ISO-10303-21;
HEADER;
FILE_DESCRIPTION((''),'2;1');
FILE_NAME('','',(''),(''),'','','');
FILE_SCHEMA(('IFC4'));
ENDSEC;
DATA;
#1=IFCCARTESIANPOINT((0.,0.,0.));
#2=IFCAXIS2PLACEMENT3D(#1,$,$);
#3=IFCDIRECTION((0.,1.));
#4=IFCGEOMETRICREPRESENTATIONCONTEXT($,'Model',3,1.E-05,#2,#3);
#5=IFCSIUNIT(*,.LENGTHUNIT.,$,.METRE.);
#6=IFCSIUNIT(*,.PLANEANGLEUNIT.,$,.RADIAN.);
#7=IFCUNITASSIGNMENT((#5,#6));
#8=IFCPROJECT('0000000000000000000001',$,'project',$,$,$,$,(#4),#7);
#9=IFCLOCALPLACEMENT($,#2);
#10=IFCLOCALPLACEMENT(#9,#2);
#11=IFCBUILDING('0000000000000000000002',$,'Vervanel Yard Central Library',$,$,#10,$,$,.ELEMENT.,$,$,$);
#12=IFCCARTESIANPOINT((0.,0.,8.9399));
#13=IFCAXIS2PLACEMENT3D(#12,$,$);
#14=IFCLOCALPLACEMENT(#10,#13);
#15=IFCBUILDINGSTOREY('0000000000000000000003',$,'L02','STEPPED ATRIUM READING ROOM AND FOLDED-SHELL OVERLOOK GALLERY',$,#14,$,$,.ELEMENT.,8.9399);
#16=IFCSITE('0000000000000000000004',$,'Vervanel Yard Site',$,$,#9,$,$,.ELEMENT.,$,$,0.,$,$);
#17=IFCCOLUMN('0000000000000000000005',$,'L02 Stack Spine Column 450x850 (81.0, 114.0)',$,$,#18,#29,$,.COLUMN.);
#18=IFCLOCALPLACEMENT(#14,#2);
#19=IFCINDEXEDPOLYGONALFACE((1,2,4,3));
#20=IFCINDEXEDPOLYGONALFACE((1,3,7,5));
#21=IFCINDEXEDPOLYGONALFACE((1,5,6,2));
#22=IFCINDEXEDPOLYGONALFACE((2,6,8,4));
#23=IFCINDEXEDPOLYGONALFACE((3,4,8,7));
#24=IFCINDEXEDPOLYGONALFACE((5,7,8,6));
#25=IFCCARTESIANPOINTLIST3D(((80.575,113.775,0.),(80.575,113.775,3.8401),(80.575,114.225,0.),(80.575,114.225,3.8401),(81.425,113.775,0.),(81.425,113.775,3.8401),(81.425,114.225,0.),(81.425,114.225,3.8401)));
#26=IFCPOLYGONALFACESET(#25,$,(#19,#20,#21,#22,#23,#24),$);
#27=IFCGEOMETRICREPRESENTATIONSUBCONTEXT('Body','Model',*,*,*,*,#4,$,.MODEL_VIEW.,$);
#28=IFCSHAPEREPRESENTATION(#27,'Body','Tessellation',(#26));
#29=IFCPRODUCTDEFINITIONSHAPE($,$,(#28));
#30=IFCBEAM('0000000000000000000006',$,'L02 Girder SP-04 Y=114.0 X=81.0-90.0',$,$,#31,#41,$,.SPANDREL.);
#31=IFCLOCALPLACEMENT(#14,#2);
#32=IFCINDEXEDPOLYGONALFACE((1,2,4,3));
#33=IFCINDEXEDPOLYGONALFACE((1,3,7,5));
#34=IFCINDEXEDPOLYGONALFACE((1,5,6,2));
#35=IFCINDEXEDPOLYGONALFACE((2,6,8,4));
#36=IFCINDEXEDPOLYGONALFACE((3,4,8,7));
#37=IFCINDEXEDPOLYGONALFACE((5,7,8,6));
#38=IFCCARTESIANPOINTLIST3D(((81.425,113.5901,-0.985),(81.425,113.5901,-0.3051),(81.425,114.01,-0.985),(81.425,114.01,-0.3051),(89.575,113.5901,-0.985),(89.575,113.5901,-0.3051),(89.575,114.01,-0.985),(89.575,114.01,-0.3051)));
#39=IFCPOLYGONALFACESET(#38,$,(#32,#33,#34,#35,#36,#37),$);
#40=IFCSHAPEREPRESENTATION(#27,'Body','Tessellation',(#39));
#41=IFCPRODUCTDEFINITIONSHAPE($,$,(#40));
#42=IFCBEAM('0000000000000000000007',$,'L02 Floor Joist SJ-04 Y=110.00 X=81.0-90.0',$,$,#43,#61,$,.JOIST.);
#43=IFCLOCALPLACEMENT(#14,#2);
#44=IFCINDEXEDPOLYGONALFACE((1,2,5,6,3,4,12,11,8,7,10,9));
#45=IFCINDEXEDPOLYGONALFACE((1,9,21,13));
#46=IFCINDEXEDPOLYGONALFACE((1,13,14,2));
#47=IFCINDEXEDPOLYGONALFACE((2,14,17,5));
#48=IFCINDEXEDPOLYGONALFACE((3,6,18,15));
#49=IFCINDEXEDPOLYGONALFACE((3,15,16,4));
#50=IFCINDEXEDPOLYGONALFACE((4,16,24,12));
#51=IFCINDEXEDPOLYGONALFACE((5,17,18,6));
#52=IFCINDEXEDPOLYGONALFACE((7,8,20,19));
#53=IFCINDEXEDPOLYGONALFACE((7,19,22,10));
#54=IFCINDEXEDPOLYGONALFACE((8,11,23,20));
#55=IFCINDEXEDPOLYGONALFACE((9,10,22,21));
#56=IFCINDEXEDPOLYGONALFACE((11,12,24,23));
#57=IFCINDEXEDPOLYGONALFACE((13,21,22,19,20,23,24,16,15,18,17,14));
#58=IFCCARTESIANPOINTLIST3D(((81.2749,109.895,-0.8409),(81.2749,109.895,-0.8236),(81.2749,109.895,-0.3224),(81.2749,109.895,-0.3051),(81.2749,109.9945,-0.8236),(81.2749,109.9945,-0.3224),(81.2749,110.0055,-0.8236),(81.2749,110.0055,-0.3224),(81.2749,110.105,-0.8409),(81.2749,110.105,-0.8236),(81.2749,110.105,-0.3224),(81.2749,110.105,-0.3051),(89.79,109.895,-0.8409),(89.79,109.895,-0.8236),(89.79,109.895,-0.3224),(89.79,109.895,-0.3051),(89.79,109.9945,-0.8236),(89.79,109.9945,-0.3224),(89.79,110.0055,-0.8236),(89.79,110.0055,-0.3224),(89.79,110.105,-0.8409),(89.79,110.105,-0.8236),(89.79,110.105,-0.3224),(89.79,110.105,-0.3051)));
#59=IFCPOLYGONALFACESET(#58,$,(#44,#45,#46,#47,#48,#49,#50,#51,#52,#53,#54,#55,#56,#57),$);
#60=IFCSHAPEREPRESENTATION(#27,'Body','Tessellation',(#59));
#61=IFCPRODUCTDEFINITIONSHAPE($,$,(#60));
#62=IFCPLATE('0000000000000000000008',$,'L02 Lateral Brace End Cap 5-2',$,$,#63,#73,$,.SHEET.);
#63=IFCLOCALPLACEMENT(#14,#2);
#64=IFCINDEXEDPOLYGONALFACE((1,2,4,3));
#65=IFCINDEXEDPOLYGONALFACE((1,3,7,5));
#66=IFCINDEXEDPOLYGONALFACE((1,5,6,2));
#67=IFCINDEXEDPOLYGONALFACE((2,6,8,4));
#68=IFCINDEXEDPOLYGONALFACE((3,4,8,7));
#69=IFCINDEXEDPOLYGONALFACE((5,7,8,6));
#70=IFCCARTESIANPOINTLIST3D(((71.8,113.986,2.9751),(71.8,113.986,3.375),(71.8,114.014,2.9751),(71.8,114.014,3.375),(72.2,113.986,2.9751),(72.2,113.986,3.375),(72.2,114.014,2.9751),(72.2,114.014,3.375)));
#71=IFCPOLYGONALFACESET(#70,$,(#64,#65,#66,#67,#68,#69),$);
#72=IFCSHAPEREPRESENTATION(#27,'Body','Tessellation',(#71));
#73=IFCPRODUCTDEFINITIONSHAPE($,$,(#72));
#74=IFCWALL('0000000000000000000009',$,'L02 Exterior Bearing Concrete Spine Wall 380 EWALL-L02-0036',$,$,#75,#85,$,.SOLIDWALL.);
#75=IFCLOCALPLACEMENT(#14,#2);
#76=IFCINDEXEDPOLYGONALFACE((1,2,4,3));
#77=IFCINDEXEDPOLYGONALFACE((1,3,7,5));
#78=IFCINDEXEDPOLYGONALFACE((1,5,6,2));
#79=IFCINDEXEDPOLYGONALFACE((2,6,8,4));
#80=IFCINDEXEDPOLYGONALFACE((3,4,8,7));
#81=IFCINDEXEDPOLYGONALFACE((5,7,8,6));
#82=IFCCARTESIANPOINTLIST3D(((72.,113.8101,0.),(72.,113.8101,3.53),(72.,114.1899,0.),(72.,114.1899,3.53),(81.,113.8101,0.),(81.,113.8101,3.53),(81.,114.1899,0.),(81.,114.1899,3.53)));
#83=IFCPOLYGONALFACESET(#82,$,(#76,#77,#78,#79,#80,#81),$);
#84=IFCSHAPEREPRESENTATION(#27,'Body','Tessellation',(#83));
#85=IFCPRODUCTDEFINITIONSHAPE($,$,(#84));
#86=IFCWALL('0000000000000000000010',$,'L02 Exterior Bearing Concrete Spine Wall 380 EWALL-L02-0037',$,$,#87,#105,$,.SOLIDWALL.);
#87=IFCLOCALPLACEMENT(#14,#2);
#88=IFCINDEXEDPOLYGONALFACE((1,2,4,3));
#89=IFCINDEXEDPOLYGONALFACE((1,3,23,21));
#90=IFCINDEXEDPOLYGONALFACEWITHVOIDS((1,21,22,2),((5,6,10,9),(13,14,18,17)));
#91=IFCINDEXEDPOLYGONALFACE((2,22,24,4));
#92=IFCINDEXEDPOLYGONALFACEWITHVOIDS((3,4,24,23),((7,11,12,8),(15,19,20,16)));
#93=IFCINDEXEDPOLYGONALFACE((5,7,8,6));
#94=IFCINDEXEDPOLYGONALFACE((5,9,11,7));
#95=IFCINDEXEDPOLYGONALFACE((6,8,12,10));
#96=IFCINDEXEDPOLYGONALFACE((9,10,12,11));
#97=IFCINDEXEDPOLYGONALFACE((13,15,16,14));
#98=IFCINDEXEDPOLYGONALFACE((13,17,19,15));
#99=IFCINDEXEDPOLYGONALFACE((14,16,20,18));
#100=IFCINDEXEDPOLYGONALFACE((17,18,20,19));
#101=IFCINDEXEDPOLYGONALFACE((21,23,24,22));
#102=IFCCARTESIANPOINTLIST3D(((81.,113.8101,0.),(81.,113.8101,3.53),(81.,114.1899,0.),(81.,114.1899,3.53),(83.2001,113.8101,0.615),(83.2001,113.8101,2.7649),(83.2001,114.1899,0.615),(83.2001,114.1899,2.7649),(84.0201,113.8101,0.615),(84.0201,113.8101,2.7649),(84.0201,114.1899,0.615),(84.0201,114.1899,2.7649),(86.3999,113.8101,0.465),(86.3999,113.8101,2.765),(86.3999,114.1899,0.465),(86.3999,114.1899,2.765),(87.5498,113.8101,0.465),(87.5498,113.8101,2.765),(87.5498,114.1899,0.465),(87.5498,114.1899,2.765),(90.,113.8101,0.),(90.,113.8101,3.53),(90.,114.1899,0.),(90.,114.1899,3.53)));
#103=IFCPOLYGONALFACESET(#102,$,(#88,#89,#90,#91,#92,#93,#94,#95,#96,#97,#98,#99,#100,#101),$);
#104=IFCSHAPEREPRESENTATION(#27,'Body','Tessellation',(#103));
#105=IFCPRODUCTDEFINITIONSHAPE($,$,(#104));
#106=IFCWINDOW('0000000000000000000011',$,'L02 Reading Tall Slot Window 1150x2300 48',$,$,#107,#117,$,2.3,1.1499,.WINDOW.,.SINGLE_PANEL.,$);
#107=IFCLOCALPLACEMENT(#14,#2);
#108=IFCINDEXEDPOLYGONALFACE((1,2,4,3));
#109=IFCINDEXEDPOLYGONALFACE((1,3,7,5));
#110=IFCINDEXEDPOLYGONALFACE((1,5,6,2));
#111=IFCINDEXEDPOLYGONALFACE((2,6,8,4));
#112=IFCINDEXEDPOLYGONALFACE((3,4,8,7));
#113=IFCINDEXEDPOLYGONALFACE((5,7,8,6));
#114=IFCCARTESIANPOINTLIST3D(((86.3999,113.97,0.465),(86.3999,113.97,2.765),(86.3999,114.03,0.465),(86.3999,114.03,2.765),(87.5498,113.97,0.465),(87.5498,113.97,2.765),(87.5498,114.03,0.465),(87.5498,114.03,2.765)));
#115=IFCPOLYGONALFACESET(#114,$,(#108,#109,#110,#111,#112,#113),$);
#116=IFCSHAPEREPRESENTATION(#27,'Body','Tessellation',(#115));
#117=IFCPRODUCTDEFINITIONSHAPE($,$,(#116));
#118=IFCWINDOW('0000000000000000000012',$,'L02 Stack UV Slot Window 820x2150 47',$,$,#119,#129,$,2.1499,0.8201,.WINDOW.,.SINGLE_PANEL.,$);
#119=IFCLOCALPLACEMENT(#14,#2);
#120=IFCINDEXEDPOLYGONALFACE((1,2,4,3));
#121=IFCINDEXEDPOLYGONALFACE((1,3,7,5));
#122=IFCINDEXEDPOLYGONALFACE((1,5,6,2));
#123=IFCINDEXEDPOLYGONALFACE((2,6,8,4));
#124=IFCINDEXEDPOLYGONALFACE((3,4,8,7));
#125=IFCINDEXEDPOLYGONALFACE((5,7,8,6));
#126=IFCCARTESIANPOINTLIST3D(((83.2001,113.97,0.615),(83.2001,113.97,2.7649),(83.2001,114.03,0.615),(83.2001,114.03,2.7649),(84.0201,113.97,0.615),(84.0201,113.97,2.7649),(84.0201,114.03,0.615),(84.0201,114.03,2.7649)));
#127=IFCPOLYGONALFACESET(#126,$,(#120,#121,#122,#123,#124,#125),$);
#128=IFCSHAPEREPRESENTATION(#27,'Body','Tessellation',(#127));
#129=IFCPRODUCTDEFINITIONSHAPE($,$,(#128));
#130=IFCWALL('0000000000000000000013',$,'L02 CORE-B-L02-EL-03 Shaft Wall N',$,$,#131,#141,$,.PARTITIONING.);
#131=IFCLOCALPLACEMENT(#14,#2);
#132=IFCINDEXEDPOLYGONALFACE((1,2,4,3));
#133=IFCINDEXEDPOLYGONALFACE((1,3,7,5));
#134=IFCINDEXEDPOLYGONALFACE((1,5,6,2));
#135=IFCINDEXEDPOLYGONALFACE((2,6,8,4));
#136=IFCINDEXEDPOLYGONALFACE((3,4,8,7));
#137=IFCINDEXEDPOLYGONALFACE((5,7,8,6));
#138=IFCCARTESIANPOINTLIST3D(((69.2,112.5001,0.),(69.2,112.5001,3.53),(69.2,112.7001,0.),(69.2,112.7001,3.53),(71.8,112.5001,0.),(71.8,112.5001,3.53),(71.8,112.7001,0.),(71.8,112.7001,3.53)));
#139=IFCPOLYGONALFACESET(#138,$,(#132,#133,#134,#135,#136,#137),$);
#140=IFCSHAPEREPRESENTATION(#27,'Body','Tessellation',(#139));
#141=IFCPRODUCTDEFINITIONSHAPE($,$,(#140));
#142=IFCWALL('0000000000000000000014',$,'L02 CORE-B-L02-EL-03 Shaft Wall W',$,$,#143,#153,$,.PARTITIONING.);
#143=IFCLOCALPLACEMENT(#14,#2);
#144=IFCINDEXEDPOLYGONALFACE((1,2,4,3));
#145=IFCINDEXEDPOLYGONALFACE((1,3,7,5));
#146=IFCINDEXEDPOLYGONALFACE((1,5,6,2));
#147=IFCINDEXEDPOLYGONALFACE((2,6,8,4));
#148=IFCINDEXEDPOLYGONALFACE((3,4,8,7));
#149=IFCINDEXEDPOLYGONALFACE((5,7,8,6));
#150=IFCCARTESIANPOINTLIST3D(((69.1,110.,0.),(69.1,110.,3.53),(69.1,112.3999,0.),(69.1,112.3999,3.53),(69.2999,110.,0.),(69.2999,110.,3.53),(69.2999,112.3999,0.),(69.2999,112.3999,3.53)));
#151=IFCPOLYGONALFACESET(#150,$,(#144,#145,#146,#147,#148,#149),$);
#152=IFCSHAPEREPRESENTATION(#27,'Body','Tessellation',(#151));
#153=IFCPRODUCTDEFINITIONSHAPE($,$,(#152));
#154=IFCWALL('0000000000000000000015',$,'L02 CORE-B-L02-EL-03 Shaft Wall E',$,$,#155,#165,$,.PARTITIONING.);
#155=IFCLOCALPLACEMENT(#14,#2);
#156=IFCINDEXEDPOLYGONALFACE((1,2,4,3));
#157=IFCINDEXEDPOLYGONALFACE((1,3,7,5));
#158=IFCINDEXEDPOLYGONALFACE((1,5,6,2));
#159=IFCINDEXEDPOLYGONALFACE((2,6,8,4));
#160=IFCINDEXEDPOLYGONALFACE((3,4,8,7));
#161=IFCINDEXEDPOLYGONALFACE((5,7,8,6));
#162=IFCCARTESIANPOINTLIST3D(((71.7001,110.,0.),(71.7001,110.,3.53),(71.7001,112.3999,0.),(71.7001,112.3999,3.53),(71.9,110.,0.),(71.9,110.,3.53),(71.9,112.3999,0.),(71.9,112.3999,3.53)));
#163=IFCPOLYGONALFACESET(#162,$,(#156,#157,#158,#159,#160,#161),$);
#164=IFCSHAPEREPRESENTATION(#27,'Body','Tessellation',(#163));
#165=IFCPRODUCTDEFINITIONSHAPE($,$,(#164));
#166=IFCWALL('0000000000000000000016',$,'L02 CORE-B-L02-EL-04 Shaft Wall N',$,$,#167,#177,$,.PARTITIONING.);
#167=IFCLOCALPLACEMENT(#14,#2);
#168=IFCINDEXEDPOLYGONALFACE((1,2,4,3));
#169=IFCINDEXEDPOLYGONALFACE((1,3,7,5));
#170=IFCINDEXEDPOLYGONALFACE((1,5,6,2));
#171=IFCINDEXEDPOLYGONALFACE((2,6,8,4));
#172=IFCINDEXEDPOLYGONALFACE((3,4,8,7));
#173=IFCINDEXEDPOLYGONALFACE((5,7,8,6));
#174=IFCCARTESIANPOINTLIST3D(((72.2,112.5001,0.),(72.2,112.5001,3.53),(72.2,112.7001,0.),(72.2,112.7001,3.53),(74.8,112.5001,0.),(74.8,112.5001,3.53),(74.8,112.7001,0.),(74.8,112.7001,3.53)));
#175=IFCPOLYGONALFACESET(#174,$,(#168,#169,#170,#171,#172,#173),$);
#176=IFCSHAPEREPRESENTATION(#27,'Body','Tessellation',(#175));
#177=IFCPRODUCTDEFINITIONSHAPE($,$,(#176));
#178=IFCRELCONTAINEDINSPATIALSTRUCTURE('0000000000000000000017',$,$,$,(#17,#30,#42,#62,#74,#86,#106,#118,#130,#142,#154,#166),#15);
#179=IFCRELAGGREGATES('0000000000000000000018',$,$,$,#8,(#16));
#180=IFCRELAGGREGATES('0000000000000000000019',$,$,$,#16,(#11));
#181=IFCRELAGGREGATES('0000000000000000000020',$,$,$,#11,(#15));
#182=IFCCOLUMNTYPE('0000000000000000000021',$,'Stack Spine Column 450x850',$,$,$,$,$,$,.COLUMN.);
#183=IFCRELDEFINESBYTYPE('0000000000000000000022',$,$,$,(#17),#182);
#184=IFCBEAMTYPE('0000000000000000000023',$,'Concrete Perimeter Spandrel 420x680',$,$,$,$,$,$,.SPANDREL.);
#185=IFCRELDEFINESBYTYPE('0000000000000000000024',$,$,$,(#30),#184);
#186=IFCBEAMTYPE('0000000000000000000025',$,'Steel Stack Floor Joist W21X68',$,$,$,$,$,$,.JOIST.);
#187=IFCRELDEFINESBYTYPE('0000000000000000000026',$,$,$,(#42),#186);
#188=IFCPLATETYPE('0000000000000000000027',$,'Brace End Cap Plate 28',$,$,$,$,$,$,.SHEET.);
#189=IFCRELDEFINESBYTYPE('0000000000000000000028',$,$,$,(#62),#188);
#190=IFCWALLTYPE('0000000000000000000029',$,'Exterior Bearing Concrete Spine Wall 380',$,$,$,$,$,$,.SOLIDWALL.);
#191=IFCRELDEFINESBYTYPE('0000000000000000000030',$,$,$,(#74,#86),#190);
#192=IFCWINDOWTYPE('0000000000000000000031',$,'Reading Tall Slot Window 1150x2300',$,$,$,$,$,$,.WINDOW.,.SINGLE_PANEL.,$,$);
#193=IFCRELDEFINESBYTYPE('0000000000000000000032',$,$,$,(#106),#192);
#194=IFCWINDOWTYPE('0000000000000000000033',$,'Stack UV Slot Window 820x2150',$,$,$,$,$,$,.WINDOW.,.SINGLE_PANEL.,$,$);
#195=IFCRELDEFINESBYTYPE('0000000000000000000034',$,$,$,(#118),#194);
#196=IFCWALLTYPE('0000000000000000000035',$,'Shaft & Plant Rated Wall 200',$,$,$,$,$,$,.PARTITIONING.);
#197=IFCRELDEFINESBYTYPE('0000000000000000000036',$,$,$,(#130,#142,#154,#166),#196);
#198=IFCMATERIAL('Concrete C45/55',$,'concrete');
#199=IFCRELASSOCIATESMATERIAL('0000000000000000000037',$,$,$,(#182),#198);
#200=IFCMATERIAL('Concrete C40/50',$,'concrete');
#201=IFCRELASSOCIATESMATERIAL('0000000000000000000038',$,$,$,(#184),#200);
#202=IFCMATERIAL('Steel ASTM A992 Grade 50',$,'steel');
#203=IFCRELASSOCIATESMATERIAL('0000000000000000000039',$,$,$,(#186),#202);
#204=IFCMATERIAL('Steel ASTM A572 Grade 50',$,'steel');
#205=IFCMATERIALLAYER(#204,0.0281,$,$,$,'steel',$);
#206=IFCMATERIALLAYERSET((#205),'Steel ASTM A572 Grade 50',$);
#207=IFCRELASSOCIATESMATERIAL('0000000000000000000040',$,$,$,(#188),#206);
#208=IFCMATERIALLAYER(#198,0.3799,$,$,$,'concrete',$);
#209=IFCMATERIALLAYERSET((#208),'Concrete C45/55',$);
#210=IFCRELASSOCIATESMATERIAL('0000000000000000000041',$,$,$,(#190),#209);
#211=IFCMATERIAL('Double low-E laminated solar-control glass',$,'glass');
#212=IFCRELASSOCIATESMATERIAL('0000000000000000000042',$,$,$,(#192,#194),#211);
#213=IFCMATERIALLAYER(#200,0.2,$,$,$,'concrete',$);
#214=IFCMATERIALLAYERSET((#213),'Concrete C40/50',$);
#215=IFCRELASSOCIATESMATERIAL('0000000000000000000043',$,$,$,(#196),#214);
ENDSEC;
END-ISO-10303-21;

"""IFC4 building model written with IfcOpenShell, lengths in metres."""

from ifc_helpers import new_model, si_unit, direction, frame, frame_2d, origin, origin_2d, place, context, subcontext, project, spatial, rectangle, i_section, extrude, material, layer, layer_set, material_profile, profile_set, type_object, element, fill, save


model = new_model("IFC4")

# Units and contexts
model_context = context("Model", 3, precision=1e-05, world=origin(), true_north=direction((0.0, 1.0)))
body_context = subcontext(model_context, "Body", "Model", "MODEL_VIEW")
ifc_project = project(units=[si_unit("LENGTHUNIT", "METRE"), si_unit("PLANEANGLEUNIT", "RADIAN")], contexts=[model_context])

# Site, building, storey
site_placement = place(None, origin())
site = spatial("IfcSite", under=ifc_project, at=site_placement, Name="Vervanel Yard Site", CompositionType="ELEMENT", RefElevation=0.0)
building_placement = place(site_placement, origin())
building = spatial("IfcBuilding", under=site, at=building_placement, Name="Vervanel Yard Central Library", CompositionType="ELEMENT")
storey_placement = place(building_placement, frame((0.0, 0.0, 8.9399)))
storey = spatial("IfcBuildingStorey", under=building, at=storey_placement, Name="L02", Description="STEPPED ATRIUM READING ROOM AND FOLDED-SHELL OVERLOOK GALLERY", CompositionType="ELEMENT", Elevation=8.9399)

# Column
ifc_material_1 = material(Name="Concrete C45/55", Category="concrete")
ifc_material_profile_1 = material_profile(ifc_material_1, rectangle(XDim=0.45, YDim=0.8501, at=origin_2d()), Name="RC 450x850", Category="concrete")
ifc_profile_set_1 = profile_set([ifc_material_profile_1], Name="Concrete C45/55")
column_type = type_object("IfcColumnType", Name="Stack Spine Column 450x850", PredefinedType="COLUMN", material=ifc_profile_set_1)
column_placement = place(storey_placement, frame((81.0, 114.0, 0.0), z_axis=(0.0, 0.0, 1.0), x_axis=(0.0, 1.0, 0.0)))
element("IfcColumn", 1, at=column_placement, inside=storey, type_object=column_type, Name="L02 Stack Spine Column 450x850 (81.0, 114.0)", PredefinedType="COLUMN", context=body_context, shape_type="SweptSolid", body=[
    extrude(rectangle(XDim=0.45, YDim=0.8501, at=origin_2d()), origin(), (0.0, 0.0, 1.0), 3.8401),
])

# Beams
ifc_material_2 = material(Name="Concrete C40/50", Category="concrete")
ifc_material_profile_2 = material_profile(ifc_material_2, rectangle(XDim=0.4199, YDim=0.6799, at=origin_2d()), Name="RC 420x680", Category="concrete")
ifc_profile_set_2 = profile_set([ifc_material_profile_2], Name="Concrete C40/50")
beam_type_1 = type_object("IfcBeamType", Name="Concrete Perimeter Spandrel 420x680", PredefinedType="SPANDREL", material=ifc_profile_set_2)
beam_1_placement = place(storey_placement, frame((81.425, 113.8, -0.645), z_axis=(1.0, 0.0, 0.0), x_axis=(0.0, 1.0, 0.0)))
element("IfcBeam", 2, at=beam_1_placement, inside=storey, type_object=beam_type_1, Name="L02 Girder SP-04 Y=114.0 X=81.0-90.0", PredefinedType="SPANDREL", context=body_context, shape_type="SweptSolid", body=[
    extrude(rectangle(XDim=0.4199, YDim=0.6799, at=origin_2d()), origin(), (0.0, 0.0, 1.0), 8.1499),
])
ifc_material_3 = material(Name="Steel ASTM A992 Grade 50", Category="steel")
ifc_material_profile_3 = material_profile(ifc_material_3, i_section(OverallWidth=0.21, OverallDepth=0.5359, WebThickness=0.011, FlangeThickness=0.0173, at=origin_2d()), Name="W21X68", Category="steel")
ifc_profile_set_3 = profile_set([ifc_material_profile_3], Name="Steel ASTM A992 Grade 50")
beam_type_2 = type_object("IfcBeamType", Name="Steel Stack Floor Joist W21X68", PredefinedType="JOIST", material=ifc_profile_set_3)
beam_2_placement = place(storey_placement, frame((81.2749, 110.0, -0.573), z_axis=(1.0, 0.0, 0.0), x_axis=(0.0, 1.0, 0.0)))
element("IfcBeam", 3, at=beam_2_placement, inside=storey, type_object=beam_type_2, Name="L02 Floor Joist SJ-04 Y=110.00 X=81.0-90.0", PredefinedType="JOIST", context=body_context, shape_type="SweptSolid", body=[
    extrude(i_section(OverallWidth=0.21, OverallDepth=0.5359, WebThickness=0.011, FlangeThickness=0.0173, at=origin_2d()), origin(), (0.0, 0.0, 1.0), 8.5151),
])

# Plate
ifc_material_4 = material(Name="Steel ASTM A572 Grade 50", Category="steel")
ifc_layer_1 = layer(ifc_material_4, 0.0281, Category="steel")
ifc_layer_set_1 = layer_set([ifc_layer_1], Name="Steel ASTM A572 Grade 50")
plate_type = type_object("IfcPlateType", Name="Brace End Cap Plate 28", PredefinedType="SHEET", material=ifc_layer_set_1)
plate_placement = place(storey_placement, frame((72.0, 114.0, 2.9751), z_axis=(0.0, 0.0, 1.0), x_axis=(1.0, 0.0, 0.0)))
element("IfcPlate", 4, at=plate_placement, inside=storey, type_object=plate_type, Name="L02 Lateral Brace End Cap 5-2", PredefinedType="SHEET", context=body_context, shape_type="SweptSolid", body=[
    extrude(rectangle(XDim=0.3999, YDim=0.0281, at=origin_2d()), origin(), (0.0, 0.0, 1.0), 0.3999),
])

# Wall
ifc_layer_2 = layer(ifc_material_1, 0.3799, Category="concrete")
ifc_layer_set_2 = layer_set([ifc_layer_2], Name="Concrete C45/55")
wall_type_1 = type_object("IfcWallType", Name="Exterior Bearing Concrete Spine Wall 380", PredefinedType="SOLIDWALL", material=ifc_layer_set_2)
wall_1_placement = place(storey_placement, frame((72.0, 114.0, 0.0), z_axis=(0.0, 0.0, 1.0), x_axis=(1.0, 0.0, 0.0)))
element("IfcWall", 5, at=wall_1_placement, inside=storey, type_object=wall_type_1, Name="L02 Exterior Bearing Concrete Spine Wall 380 EWALL-L02-0036", PredefinedType="SOLIDWALL", context=body_context, shape_type="SweptSolid", body=[
    extrude(rectangle(XDim=9.0, YDim=0.3799, at=frame_2d((4.5, 0.0))), origin(), (0.0, 0.0, 1.0), 3.53),
])

# Wall, openings, windows
wall_2_placement = place(storey_placement, frame((81.0, 114.0, 0.0), z_axis=(0.0, 0.0, 1.0), x_axis=(1.0, 0.0, 0.0)))
wall_2 = element("IfcWall", 6, at=wall_2_placement, inside=storey, type_object=wall_type_1, Name="L02 Exterior Bearing Concrete Spine Wall 380 EWALL-L02-0037", PredefinedType="SOLIDWALL", context=body_context, shape_type="SweptSolid", body=[
    extrude(rectangle(XDim=9.0, YDim=0.3799, at=frame_2d((4.5, 0.0))), origin(), (0.0, 0.0, 1.0), 3.53),
])
opening_1_placement = place(wall_2_placement, frame((2.2, 0.0, 0.615)))
opening_1 = element("IfcOpeningElement", 7, at=opening_1_placement, cuts=wall_2, PredefinedType="OPENING", context=body_context, shape_type="SweptSolid", body=[
    extrude(rectangle(XDim=0.8201, YDim=2.1499, at=frame_2d((0.4102, 1.075))), frame((0.0, 0.2, 0.0), z_axis=(0.0, -1.0, 0.0), x_axis=(1.0, 0.0, 0.0)), (0.0, 0.0, 1.0), 0.3999),
])
opening_2_placement = place(wall_2_placement, frame((5.3999, 0.0, 0.4651)))
opening_2 = element("IfcOpeningElement", 8, at=opening_2_placement, cuts=wall_2, PredefinedType="OPENING", context=body_context, shape_type="SweptSolid", body=[
    extrude(rectangle(XDim=1.1499, YDim=2.3, at=frame_2d((0.575, 1.1499))), frame((0.0, 0.2, 0.0), z_axis=(0.0, -1.0, 0.0), x_axis=(1.0, 0.0, 0.0)), (0.0, 0.0, 1.0), 0.3999),
])
ifc_material_5 = material(Name="Double low-E laminated solar-control glass", Category="glass")
window_type_1 = type_object("IfcWindowType", Name="Reading Tall Slot Window 1150x2300", PartitioningType="SINGLE_PANEL", PredefinedType="WINDOW", material=ifc_material_5)
window_1_placement = place(opening_2_placement, origin())
window_1 = element("IfcWindow", 9, at=window_1_placement, inside=storey, type_object=window_type_1, Name="L02 Reading Tall Slot Window 1150x2300 48", OverallHeight=2.3, OverallWidth=1.1499, PartitioningType="SINGLE_PANEL", PredefinedType="WINDOW", context=body_context, shape_type="SweptSolid", body=[
    extrude(rectangle(XDim=1.1499, YDim=2.3, at=frame_2d((0.575, 1.1499))), frame((0.0, 0.03, 0.0), z_axis=(0.0, -1.0, 0.0), x_axis=(1.0, 0.0, 0.0)), (0.0, 0.0, 1.0), 0.0601),
])
fill(opening_2, window_1)
window_type_2 = type_object("IfcWindowType", Name="Stack UV Slot Window 820x2150", PartitioningType="SINGLE_PANEL", PredefinedType="WINDOW", material=ifc_material_5)
window_2_placement = place(opening_1_placement, origin())
window_2 = element("IfcWindow", 10, at=window_2_placement, inside=storey, type_object=window_type_2, Name="L02 Stack UV Slot Window 820x2150 47", OverallHeight=2.1499, OverallWidth=0.8201, PartitioningType="SINGLE_PANEL", PredefinedType="WINDOW", context=body_context, shape_type="SweptSolid", body=[
    extrude(rectangle(XDim=0.8201, YDim=2.1499, at=frame_2d((0.4102, 1.075))), frame((0.0, 0.03, 0.0), z_axis=(0.0, -1.0, 0.0), x_axis=(1.0, 0.0, 0.0)), (0.0, 0.0, 1.0), 0.0601),
])
fill(opening_1, window_2)

# Walls
ifc_layer_3 = layer(ifc_material_2, 0.2, Category="concrete")
ifc_layer_set_3 = layer_set([ifc_layer_3], Name="Concrete C40/50")
wall_type_2 = type_object("IfcWallType", Name="Shaft & Plant Rated Wall 200", PredefinedType="PARTITIONING", material=ifc_layer_set_3)
wall_3_placement = place(storey_placement, frame((69.2, 112.6001, 0.0), z_axis=(0.0, 0.0, 1.0), x_axis=(1.0, 0.0, 0.0)))
element("IfcWall", 11, at=wall_3_placement, inside=storey, type_object=wall_type_2, Name="L02 CORE-B-L02-EL-03 Shaft Wall N", PredefinedType="PARTITIONING", context=body_context, shape_type="SweptSolid", body=[
    extrude(rectangle(XDim=2.6001, YDim=0.2, at=frame_2d((1.3, 0.0))), origin(), (0.0, 0.0, 1.0), 3.53),
])
for number, where, z_axis, x_axis, name in (
    (12, (69.2, 110.0, 0.0), (0.0, 0.0, 1.0), (0.0, 1.0, 0.0), "L02 CORE-B-L02-EL-03 Shaft Wall W"),
    (13, (71.8, 110.0, 0.0), (0.0, 0.0, 1.0), (0.0, 1.0, 0.0), "L02 CORE-B-L02-EL-03 Shaft Wall E"),
):
    element("IfcWall", number, at=place(storey_placement, frame(where, z_axis=z_axis, x_axis=x_axis)), inside=storey, type_object=wall_type_2, Name=name, PredefinedType="PARTITIONING", context=body_context, shape_type="SweptSolid", body=[
        extrude(rectangle(XDim=2.3999, YDim=0.2, at=frame_2d((1.2, 0.0))), origin(), (0.0, 0.0, 1.0), 3.53),
    ])
wall_4_placement = place(storey_placement, frame((72.2, 112.6001, 0.0), z_axis=(0.0, 0.0, 1.0), x_axis=(1.0, 0.0, 0.0)))
element("IfcWall", 14, at=wall_4_placement, inside=storey, type_object=wall_type_2, Name="L02 CORE-B-L02-EL-04 Shaft Wall N", PredefinedType="PARTITIONING", context=body_context, shape_type="SweptSolid", body=[
    extrude(rectangle(XDim=2.6001, YDim=0.2, at=frame_2d((1.3, 0.0))), origin(), (0.0, 0.0, 1.0), 3.53),
])

save(model, "model.ifc")
